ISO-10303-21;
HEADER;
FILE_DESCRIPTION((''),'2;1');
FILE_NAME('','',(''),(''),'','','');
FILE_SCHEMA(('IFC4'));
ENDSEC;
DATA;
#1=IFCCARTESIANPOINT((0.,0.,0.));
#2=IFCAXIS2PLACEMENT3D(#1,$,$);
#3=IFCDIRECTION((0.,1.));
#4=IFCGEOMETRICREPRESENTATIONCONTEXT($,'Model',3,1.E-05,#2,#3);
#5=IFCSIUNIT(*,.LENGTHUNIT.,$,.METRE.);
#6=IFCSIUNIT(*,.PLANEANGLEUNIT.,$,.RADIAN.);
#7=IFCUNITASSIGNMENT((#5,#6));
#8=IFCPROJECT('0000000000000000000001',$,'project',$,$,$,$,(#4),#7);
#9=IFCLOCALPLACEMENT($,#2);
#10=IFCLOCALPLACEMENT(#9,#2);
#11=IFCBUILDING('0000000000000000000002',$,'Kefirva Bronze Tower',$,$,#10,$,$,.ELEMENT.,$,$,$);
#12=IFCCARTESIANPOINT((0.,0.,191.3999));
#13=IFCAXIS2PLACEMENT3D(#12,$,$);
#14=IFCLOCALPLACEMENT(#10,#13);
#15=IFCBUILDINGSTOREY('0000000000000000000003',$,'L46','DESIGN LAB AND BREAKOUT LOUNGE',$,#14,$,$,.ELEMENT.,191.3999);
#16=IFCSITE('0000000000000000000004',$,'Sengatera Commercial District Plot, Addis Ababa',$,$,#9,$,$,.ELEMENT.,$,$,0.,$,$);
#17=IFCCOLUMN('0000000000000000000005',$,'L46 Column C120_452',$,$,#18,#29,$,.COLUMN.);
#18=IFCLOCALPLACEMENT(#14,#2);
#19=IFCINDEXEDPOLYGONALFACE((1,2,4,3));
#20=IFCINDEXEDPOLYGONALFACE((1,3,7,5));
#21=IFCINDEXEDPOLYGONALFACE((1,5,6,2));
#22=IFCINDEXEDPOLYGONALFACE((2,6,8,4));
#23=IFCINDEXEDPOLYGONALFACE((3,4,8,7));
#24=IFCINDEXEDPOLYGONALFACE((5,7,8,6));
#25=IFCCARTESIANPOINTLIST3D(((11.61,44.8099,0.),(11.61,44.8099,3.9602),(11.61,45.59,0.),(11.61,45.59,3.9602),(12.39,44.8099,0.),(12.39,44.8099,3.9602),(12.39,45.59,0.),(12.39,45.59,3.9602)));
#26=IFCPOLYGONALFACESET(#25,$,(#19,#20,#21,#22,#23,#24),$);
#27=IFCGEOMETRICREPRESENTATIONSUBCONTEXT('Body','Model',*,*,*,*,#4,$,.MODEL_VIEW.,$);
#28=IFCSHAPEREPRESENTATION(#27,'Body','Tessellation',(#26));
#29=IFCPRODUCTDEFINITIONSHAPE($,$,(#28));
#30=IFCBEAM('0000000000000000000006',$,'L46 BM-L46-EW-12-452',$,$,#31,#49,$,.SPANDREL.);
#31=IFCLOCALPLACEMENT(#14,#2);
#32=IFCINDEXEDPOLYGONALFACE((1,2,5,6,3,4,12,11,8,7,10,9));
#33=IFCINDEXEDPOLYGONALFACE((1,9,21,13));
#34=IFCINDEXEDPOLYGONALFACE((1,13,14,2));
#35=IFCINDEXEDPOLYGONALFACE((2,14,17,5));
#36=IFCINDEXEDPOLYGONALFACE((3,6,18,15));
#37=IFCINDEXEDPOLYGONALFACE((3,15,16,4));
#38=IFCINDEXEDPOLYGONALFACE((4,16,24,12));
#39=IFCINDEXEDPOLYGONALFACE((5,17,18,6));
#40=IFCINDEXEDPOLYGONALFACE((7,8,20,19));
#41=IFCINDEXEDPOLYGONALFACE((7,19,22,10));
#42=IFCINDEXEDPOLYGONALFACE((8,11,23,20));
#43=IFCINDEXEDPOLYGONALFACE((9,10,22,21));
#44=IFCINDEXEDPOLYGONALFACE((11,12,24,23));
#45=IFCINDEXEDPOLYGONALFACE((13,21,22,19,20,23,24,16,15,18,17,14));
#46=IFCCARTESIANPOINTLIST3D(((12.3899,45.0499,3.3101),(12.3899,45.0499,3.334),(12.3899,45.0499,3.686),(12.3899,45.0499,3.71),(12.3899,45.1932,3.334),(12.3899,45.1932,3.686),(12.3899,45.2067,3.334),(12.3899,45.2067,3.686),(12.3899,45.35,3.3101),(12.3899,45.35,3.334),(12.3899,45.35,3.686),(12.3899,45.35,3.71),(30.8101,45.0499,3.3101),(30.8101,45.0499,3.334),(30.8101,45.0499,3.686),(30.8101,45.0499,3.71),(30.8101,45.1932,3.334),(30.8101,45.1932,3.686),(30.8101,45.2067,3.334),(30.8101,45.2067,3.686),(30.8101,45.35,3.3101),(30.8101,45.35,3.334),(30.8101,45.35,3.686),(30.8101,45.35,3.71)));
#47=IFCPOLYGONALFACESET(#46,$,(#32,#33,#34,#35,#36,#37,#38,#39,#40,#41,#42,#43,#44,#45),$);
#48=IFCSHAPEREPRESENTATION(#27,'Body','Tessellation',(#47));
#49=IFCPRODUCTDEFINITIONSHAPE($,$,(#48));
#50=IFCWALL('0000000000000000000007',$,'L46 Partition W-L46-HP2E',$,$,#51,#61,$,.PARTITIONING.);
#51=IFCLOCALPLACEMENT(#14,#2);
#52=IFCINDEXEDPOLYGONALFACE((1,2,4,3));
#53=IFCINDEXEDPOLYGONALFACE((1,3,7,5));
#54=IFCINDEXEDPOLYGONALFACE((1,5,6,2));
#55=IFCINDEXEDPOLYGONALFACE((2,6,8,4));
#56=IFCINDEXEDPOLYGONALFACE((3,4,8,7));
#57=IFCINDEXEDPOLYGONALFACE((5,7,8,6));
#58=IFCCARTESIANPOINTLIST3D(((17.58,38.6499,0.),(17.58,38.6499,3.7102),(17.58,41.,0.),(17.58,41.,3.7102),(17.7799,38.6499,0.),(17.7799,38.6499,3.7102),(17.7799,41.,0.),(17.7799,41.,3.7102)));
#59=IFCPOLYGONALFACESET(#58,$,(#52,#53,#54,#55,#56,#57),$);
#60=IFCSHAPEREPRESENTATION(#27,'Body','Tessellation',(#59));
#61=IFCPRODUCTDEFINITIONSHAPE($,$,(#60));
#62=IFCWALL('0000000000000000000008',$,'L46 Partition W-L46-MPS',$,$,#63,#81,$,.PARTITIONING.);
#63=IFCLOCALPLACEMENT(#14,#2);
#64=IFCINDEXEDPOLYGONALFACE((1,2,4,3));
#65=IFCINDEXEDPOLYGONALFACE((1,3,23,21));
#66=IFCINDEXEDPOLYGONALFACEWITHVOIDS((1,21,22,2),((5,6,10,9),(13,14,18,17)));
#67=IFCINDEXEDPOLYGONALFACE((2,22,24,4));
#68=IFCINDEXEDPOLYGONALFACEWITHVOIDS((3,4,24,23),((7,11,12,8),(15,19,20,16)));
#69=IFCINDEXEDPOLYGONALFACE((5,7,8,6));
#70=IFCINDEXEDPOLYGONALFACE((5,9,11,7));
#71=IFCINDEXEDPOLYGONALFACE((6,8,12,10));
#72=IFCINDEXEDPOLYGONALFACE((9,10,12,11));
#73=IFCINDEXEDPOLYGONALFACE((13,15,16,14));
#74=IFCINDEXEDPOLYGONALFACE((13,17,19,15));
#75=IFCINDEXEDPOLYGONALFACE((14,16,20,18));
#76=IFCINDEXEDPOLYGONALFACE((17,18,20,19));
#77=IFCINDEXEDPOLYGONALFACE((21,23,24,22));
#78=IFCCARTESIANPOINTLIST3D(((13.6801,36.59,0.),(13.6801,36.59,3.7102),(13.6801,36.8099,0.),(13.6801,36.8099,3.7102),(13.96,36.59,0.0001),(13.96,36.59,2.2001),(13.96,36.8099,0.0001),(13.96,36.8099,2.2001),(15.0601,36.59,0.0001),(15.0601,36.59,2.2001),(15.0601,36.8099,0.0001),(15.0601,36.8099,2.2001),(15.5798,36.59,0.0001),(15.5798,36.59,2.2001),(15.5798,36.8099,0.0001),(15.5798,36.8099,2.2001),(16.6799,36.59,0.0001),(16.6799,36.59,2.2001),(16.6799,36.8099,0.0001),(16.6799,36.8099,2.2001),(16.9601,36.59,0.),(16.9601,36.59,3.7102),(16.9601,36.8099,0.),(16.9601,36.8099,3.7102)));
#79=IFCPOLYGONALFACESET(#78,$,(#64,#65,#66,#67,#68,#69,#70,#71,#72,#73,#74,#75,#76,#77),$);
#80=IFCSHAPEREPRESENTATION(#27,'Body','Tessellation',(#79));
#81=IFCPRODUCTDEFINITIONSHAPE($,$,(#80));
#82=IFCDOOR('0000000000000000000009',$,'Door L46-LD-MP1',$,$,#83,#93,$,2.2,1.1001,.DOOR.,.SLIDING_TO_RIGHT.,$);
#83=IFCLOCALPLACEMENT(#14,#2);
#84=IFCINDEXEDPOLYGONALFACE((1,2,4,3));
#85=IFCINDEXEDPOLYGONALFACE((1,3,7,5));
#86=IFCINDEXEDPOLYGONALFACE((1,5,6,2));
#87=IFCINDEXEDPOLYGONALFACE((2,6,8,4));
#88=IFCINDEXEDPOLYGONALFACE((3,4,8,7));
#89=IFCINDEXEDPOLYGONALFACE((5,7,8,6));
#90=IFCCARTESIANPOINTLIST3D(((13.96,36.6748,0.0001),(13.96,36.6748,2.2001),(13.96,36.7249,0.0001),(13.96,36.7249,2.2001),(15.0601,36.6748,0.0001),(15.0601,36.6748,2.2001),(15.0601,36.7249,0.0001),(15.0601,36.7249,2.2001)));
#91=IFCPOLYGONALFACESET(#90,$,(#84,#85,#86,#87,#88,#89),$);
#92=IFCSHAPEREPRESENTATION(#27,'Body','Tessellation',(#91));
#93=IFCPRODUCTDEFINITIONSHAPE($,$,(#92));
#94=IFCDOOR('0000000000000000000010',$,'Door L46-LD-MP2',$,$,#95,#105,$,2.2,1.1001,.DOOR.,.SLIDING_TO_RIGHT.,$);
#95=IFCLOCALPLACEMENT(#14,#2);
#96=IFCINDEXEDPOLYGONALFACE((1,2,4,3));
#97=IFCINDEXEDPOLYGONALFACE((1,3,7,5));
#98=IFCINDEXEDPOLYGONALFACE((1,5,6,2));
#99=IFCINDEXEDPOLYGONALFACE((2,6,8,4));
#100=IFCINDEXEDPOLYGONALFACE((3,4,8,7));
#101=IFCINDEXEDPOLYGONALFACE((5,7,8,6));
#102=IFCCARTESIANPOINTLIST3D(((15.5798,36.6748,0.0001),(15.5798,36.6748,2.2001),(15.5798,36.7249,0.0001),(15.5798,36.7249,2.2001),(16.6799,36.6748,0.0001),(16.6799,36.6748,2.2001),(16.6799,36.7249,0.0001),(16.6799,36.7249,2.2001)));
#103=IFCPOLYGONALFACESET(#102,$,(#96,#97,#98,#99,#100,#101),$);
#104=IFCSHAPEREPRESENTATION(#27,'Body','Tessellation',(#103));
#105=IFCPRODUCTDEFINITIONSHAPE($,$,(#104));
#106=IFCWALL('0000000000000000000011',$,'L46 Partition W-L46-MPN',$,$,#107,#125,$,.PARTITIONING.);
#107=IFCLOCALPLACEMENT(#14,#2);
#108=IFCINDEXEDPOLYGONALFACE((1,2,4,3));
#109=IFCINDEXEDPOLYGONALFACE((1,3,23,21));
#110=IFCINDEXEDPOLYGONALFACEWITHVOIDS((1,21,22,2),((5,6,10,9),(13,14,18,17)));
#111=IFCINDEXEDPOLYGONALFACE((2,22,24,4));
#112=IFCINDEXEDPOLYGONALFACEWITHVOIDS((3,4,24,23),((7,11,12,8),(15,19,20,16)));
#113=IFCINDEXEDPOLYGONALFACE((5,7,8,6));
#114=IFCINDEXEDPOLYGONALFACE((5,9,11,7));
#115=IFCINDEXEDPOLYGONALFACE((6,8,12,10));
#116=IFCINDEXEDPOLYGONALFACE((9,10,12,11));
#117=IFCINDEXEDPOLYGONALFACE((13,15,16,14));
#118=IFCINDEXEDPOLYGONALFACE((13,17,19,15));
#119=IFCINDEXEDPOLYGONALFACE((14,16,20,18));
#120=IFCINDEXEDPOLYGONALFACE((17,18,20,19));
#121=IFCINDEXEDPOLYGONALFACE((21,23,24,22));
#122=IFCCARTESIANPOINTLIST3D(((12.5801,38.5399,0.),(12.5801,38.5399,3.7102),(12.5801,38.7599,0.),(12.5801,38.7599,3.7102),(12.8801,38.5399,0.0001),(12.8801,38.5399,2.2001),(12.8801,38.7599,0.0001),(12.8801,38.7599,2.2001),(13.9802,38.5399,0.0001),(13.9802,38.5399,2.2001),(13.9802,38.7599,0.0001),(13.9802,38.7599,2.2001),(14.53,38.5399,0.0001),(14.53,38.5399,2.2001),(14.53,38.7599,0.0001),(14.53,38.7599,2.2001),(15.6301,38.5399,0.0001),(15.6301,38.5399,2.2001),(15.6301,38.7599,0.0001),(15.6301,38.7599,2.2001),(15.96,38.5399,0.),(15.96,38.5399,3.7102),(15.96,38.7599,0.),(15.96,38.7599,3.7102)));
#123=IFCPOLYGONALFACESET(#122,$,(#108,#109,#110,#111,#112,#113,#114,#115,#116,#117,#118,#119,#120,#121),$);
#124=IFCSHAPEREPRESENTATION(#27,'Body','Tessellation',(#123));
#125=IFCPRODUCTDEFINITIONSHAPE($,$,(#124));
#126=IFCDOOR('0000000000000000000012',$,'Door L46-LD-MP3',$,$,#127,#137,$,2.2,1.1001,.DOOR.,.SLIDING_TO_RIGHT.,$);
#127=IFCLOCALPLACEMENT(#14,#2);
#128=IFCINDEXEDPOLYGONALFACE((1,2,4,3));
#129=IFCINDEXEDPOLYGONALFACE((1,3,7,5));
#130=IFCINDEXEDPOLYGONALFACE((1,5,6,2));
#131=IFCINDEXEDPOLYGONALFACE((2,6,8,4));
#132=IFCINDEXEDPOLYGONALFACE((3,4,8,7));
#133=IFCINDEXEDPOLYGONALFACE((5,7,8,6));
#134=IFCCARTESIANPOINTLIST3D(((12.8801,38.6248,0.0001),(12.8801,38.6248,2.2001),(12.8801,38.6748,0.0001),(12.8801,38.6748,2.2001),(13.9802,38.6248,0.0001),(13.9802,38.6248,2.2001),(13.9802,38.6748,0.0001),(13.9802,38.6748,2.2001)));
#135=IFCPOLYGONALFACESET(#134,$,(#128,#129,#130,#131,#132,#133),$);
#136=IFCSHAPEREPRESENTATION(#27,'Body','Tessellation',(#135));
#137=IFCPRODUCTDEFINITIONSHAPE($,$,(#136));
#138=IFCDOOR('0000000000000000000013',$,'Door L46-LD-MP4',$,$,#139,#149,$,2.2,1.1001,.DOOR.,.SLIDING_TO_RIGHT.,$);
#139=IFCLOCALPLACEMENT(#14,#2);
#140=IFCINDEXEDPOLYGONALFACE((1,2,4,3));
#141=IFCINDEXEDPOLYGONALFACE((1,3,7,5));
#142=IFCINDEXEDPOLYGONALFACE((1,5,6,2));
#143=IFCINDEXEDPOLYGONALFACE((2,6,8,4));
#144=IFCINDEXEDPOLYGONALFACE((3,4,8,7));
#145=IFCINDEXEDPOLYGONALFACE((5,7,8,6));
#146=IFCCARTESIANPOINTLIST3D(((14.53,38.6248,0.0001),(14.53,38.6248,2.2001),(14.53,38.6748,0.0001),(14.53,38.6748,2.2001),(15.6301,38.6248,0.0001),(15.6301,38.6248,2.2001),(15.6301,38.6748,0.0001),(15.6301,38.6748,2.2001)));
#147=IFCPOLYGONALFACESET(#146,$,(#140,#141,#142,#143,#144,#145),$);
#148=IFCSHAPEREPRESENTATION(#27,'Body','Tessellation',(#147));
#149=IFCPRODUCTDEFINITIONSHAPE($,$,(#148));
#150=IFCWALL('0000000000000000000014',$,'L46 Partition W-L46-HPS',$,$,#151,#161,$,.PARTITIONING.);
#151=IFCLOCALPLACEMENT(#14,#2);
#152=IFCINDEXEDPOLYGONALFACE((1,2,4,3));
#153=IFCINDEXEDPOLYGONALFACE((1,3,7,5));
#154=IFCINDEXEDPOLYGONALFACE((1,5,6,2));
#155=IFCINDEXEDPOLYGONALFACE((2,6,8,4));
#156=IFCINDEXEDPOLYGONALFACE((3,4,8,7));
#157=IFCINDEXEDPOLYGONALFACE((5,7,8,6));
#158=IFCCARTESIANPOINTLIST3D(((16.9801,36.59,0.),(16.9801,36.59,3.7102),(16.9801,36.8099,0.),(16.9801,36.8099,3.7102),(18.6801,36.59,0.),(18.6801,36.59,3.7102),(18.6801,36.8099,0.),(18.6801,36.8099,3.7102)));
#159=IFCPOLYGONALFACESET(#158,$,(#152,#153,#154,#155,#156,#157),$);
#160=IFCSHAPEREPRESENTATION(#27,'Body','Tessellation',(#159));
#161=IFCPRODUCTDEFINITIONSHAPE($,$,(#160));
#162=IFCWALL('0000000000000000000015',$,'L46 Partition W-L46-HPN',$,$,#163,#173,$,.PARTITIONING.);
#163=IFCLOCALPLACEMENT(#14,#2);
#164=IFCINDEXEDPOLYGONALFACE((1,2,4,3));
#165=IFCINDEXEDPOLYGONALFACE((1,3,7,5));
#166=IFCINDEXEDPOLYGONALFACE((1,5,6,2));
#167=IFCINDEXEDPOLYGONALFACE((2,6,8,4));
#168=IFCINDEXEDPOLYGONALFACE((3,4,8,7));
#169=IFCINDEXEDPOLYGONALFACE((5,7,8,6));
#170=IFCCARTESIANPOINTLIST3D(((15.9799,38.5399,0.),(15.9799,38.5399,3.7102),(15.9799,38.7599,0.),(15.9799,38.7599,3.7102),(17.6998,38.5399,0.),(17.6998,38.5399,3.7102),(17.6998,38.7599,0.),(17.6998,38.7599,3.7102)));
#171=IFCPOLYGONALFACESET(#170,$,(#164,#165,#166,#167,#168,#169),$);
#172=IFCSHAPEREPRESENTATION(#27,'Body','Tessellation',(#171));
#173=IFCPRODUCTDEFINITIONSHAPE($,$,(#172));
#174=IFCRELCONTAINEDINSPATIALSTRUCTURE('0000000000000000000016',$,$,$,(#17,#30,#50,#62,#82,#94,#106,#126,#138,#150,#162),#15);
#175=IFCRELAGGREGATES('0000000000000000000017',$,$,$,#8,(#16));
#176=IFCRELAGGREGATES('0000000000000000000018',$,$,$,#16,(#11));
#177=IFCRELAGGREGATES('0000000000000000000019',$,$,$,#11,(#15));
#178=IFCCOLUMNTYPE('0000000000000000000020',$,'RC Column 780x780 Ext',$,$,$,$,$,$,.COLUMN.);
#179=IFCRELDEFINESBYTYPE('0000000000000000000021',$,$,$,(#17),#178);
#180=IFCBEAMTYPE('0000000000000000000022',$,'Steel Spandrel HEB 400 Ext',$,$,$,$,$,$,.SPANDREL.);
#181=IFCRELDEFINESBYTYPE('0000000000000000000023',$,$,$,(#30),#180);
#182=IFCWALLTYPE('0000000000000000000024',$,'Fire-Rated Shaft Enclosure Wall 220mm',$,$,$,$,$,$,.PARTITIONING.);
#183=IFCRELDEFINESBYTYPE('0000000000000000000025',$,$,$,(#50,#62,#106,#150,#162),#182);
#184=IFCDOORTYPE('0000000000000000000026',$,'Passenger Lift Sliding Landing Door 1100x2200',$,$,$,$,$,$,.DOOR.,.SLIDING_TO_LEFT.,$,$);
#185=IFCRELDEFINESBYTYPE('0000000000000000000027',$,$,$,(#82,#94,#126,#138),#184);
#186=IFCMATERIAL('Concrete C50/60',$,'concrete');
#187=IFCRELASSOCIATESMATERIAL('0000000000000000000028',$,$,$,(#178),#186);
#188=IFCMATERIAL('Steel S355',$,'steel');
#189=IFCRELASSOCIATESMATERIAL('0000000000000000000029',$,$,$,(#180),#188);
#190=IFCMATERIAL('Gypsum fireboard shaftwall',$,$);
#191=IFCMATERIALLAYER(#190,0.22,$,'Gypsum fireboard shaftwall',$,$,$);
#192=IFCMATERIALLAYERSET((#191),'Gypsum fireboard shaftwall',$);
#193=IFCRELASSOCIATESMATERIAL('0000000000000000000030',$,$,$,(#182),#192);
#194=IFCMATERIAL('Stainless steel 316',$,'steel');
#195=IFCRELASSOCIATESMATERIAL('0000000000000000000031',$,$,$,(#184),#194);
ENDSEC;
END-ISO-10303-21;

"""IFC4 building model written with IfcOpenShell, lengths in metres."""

from ifc_helpers import new_model, si_unit, direction, frame, frame_2d, origin, origin_2d, place, context, subcontext, project, spatial, rectangle, i_section, extrude, material, layer, layer_set, material_profile, profile_set, type_object, element, fill, save


model = new_model("IFC4")

# Units and contexts
model_context = context("Model", 3, precision=1e-05, world=origin(), true_north=direction((0.0, 1.0)))
body_context = subcontext(model_context, "Body", "Model", "MODEL_VIEW")
ifc_project = project(units=[si_unit("LENGTHUNIT", "METRE"), si_unit("PLANEANGLEUNIT", "RADIAN")], contexts=[model_context])

# Site, building, storey
site_placement = place(None, origin())
site = spatial("IfcSite", under=ifc_project, at=site_placement, Name="Sengatera Commercial District Plot, Addis Ababa", CompositionType="ELEMENT", RefElevation=0.0)
building_placement = place(site_placement, origin())
building = spatial("IfcBuilding", under=site, at=building_placement, Name="Kefirva Bronze Tower", CompositionType="ELEMENT")
storey_placement = place(building_placement, frame((0.0, 0.0, 191.3999)))
storey = spatial("IfcBuildingStorey", under=building, at=storey_placement, Name="L46", Description="DESIGN LAB AND BREAKOUT LOUNGE", CompositionType="ELEMENT", Elevation=191.3999)

# Column
ifc_material_1 = material(Name="Concrete C50/60", Category="concrete")
ifc_material_profile_1 = material_profile(ifc_material_1, rectangle(XDim=0.78, YDim=0.78, at=origin_2d()), Name="RC 780x780")
ifc_profile_set_1 = profile_set([ifc_material_profile_1], Name="Concrete C50/60")
column_type = type_object("IfcColumnType", Name="RC Column 780x780 Ext", PredefinedType="COLUMN", material=ifc_profile_set_1)
column_placement = place(storey_placement, frame((12.0, 45.2, 0.0), z_axis=(0.0, 0.0, 1.0), x_axis=(1.0, 0.0, 0.0)))
element("IfcColumn", 1, at=column_placement, inside=storey, type_object=column_type, Name="L46 Column C120_452", PredefinedType="COLUMN", context=body_context, shape_type="SweptSolid", body=[
    extrude(rectangle(XDim=0.78, YDim=0.78, at=origin_2d()), origin(), (0.0, 0.0, 1.0), 3.9602),
])

# Beam
ifc_material_2 = material(Name="Steel S355", Category="steel")
ifc_material_profile_2 = material_profile(ifc_material_2, i_section(OverallWidth=0.3, OverallDepth=0.3999, WebThickness=0.0134, FlangeThickness=0.0239, at=origin_2d()), Name="HEB 400")
ifc_profile_set_2 = profile_set([ifc_material_profile_2], Name="Steel S355")
beam_type = type_object("IfcBeamType", Name="Steel Spandrel HEB 400 Ext", PredefinedType="SPANDREL", material=ifc_profile_set_2)
beam_placement = place(storey_placement, frame((12.3899, 45.2, 3.51), z_axis=(1.0, 0.0, 0.0), x_axis=(0.0, 1.0, 0.0)))
element("IfcBeam", 2, at=beam_placement, inside=storey, type_object=beam_type, Name="L46 BM-L46-EW-12-452", PredefinedType="SPANDREL", context=body_context, shape_type="SweptSolid", body=[
    extrude(i_section(OverallWidth=0.3, OverallDepth=0.3999, WebThickness=0.0134, FlangeThickness=0.0239, at=origin_2d()), origin(), (0.0, 0.0, 1.0), 18.4202),
])

# Wall
ifc_material_3 = material(Name="Gypsum fireboard shaftwall")
ifc_layer_1 = layer(ifc_material_3, 0.22, Name="Gypsum fireboard shaftwall")
ifc_layer_set_1 = layer_set([ifc_layer_1], Name="Gypsum fireboard shaftwall")
wall_type_1 = type_object("IfcWallType", Name="Fire-Rated Shaft Enclosure Wall 220mm", PredefinedType="PARTITIONING", material=ifc_layer_set_1)
wall_1_placement = place(storey_placement, frame((17.6799, 38.6499, 0.0), z_axis=(0.0, 0.0, 1.0), x_axis=(0.0, 1.0, 0.0)))
element("IfcWall", 3, at=wall_1_placement, inside=storey, type_object=wall_type_1, Name="L46 Partition W-L46-HP2E", PredefinedType="PARTITIONING", context=body_context, shape_type="SweptSolid", body=[
    extrude(rectangle(XDim=2.3501, YDim=0.2, at=frame_2d((1.175, 0.0))), origin(), (0.0, 0.0, 1.0), 3.7102),
])

# Walls, openings, doors
wall_2_placement = place(storey_placement, frame((13.6799, 36.7, 0.0), z_axis=(0.0, 0.0, 1.0), x_axis=(1.0, 0.0, 0.0)))
wall_2 = element("IfcWall", 4, at=wall_2_placement, inside=storey, type_object=wall_type_1, Name="L46 Partition W-L46-MPS", PredefinedType="PARTITIONING", context=body_context, shape_type="SweptSolid", body=[
    extrude(rectangle(XDim=3.28, YDim=0.22, at=frame_2d((1.6401, 0.0))), origin(), (0.0, 0.0, 1.0), 3.7102),
])
opening_1_placement = place(wall_2_placement, frame((0.28, 0.0, 0.0)))
opening_1 = element("IfcOpeningElement", 5, at=opening_1_placement, cuts=wall_2, PredefinedType="OPENING", context=body_context, shape_type="SweptSolid", body=[
    extrude(rectangle(XDim=1.1001, YDim=2.2, at=frame_2d((0.55, 1.1001))), frame((0.0, 0.1201, 0.0), z_axis=(0.0, -1.0, 0.0), x_axis=(1.0, 0.0, 0.0)), (0.0, 0.0, 1.0), 0.24),
])
opening_2_placement = place(wall_2_placement, frame((1.8999, 0.0, 0.0)))
opening_2 = element("IfcOpeningElement", 6, at=opening_2_placement, cuts=wall_2, PredefinedType="OPENING", context=body_context, shape_type="SweptSolid", body=[
    extrude(rectangle(XDim=1.1001, YDim=2.2, at=frame_2d((0.55, 1.1001))), frame((0.0, 0.1201, 0.0), z_axis=(0.0, -1.0, 0.0), x_axis=(1.0, 0.0, 0.0)), (0.0, 0.0, 1.0), 0.24),
])
ifc_material_4 = material(Name="Stainless steel 316", Category="steel")
door_type_1 = type_object("IfcDoorType", Name="Passenger Lift Sliding Landing Door 1100x2200", OperationType="SLIDING_TO_LEFT", PredefinedType="DOOR", material=ifc_material_4)
door_1_placement = place(opening_1_placement, origin())
door_1 = element("IfcDoor", 7, at=door_1_placement, inside=storey, type_object=door_type_1, Name="Door L46-LD-MP1", OperationType="SLIDING_TO_RIGHT", OverallHeight=2.2, OverallWidth=1.1001, PredefinedType="DOOR", context=body_context, shape_type="SweptSolid", body=[
    extrude(rectangle(XDim=1.1001, YDim=2.2, at=frame_2d((0.55, 1.1001))), frame((0.0, 0.0249, 0.0), z_axis=(0.0, -1.0, 0.0), x_axis=(1.0, 0.0, 0.0)), (0.0, 0.0, 1.0), 0.05),
])
fill(opening_1, door_1)
door_2_placement = place(opening_2_placement, origin())
door_2 = element("IfcDoor", 8, at=door_2_placement, inside=storey, type_object=door_type_1, Name="Door L46-LD-MP2", OperationType="SLIDING_TO_RIGHT", OverallHeight=2.2, OverallWidth=1.1001, PredefinedType="DOOR", context=body_context, shape_type="SweptSolid", body=[
    extrude(rectangle(XDim=1.1001, YDim=2.2, at=frame_2d((0.55, 1.1001))), frame((0.0, 0.0249, 0.0), z_axis=(0.0, -1.0, 0.0), x_axis=(1.0, 0.0, 0.0)), (0.0, 0.0, 1.0), 0.05),
])
fill(opening_2, door_2)
wall_3_placement = place(storey_placement, frame((12.5801, 38.6499, 0.0), z_axis=(0.0, 0.0, 1.0), x_axis=(1.0, 0.0, 0.0)))
wall_3 = element("IfcWall", 9, at=wall_3_placement, inside=storey, type_object=wall_type_1, Name="L46 Partition W-L46-MPN", PredefinedType="PARTITIONING", context=body_context, shape_type="SweptSolid", body=[
    extrude(rectangle(XDim=3.3799, YDim=0.22, at=frame_2d((1.6899, 0.0))), origin(), (0.0, 0.0, 1.0), 3.7102),
])
opening_3_placement = place(wall_3_placement, frame((0.3, 0.0, 0.0)))
opening_3 = element("IfcOpeningElement", 10, at=opening_3_placement, cuts=wall_3, PredefinedType="OPENING", context=body_context, shape_type="SweptSolid", body=[
    extrude(rectangle(XDim=1.1001, YDim=2.2, at=frame_2d((0.55, 1.1001))), frame((0.0, 0.1201, 0.0), z_axis=(0.0, -1.0, 0.0), x_axis=(1.0, 0.0, 0.0)), (0.0, 0.0, 1.0), 0.24),
])
opening_4_placement = place(wall_3_placement, frame((1.95, 0.0, 0.0)))
opening_4 = element("IfcOpeningElement", 11, at=opening_4_placement, cuts=wall_3, PredefinedType="OPENING", context=body_context, shape_type="SweptSolid", body=[
    extrude(rectangle(XDim=1.1001, YDim=2.2, at=frame_2d((0.55, 1.1001))), frame((0.0, 0.1201, 0.0), z_axis=(0.0, -1.0, 0.0), x_axis=(1.0, 0.0, 0.0)), (0.0, 0.0, 1.0), 0.24),
])
door_3_placement = place(opening_3_placement, origin())
door_3 = element("IfcDoor", 12, at=door_3_placement, inside=storey, type_object=door_type_1, Name="Door L46-LD-MP3", OperationType="SLIDING_TO_RIGHT", OverallHeight=2.2, OverallWidth=1.1001, PredefinedType="DOOR", context=body_context, shape_type="SweptSolid", body=[
    extrude(rectangle(XDim=1.1001, YDim=2.2, at=frame_2d((0.55, 1.1001))), frame((0.0, 0.0249, 0.0), z_axis=(0.0, -1.0, 0.0), x_axis=(1.0, 0.0, 0.0)), (0.0, 0.0, 1.0), 0.05),
])
fill(opening_3, door_3)
door_4_placement = place(opening_4_placement, origin())
door_4 = element("IfcDoor", 13, at=door_4_placement, inside=storey, type_object=door_type_1, Name="Door L46-LD-MP4", OperationType="SLIDING_TO_RIGHT", OverallHeight=2.2, OverallWidth=1.1001, PredefinedType="DOOR", context=body_context, shape_type="SweptSolid", body=[
    extrude(rectangle(XDim=1.1001, YDim=2.2, at=frame_2d((0.55, 1.1001))), frame((0.0, 0.0249, 0.0), z_axis=(0.0, -1.0, 0.0), x_axis=(1.0, 0.0, 0.0)), (0.0, 0.0, 1.0), 0.05),
])
fill(opening_4, door_4)

# Walls
wall_4_placement = place(storey_placement, frame((16.98, 36.7, 0.0), z_axis=(0.0, 0.0, 1.0), x_axis=(1.0, 0.0, 0.0)))
element("IfcWall", 14, at=wall_4_placement, inside=storey, type_object=wall_type_1, Name="L46 Partition W-L46-HPS", PredefinedType="PARTITIONING", context=body_context, shape_type="SweptSolid", body=[
    extrude(rectangle(XDim=1.7, YDim=0.22, at=frame_2d((0.8501, 0.0))), origin(), (0.0, 0.0, 1.0), 3.7102),
])
wall_5_placement = place(storey_placement, frame((15.98, 38.6499, 0.0), z_axis=(0.0, 0.0, 1.0), x_axis=(1.0, 0.0, 0.0)))
element("IfcWall", 15, at=wall_5_placement, inside=storey, type_object=wall_type_1, Name="L46 Partition W-L46-HPN", PredefinedType="PARTITIONING", context=body_context, shape_type="SweptSolid", body=[
    extrude(rectangle(XDim=1.72, YDim=0.22, at=frame_2d((0.8599, 0.0))), origin(), (0.0, 0.0, 1.0), 3.7102),
])

save(model, "model.ifc")
